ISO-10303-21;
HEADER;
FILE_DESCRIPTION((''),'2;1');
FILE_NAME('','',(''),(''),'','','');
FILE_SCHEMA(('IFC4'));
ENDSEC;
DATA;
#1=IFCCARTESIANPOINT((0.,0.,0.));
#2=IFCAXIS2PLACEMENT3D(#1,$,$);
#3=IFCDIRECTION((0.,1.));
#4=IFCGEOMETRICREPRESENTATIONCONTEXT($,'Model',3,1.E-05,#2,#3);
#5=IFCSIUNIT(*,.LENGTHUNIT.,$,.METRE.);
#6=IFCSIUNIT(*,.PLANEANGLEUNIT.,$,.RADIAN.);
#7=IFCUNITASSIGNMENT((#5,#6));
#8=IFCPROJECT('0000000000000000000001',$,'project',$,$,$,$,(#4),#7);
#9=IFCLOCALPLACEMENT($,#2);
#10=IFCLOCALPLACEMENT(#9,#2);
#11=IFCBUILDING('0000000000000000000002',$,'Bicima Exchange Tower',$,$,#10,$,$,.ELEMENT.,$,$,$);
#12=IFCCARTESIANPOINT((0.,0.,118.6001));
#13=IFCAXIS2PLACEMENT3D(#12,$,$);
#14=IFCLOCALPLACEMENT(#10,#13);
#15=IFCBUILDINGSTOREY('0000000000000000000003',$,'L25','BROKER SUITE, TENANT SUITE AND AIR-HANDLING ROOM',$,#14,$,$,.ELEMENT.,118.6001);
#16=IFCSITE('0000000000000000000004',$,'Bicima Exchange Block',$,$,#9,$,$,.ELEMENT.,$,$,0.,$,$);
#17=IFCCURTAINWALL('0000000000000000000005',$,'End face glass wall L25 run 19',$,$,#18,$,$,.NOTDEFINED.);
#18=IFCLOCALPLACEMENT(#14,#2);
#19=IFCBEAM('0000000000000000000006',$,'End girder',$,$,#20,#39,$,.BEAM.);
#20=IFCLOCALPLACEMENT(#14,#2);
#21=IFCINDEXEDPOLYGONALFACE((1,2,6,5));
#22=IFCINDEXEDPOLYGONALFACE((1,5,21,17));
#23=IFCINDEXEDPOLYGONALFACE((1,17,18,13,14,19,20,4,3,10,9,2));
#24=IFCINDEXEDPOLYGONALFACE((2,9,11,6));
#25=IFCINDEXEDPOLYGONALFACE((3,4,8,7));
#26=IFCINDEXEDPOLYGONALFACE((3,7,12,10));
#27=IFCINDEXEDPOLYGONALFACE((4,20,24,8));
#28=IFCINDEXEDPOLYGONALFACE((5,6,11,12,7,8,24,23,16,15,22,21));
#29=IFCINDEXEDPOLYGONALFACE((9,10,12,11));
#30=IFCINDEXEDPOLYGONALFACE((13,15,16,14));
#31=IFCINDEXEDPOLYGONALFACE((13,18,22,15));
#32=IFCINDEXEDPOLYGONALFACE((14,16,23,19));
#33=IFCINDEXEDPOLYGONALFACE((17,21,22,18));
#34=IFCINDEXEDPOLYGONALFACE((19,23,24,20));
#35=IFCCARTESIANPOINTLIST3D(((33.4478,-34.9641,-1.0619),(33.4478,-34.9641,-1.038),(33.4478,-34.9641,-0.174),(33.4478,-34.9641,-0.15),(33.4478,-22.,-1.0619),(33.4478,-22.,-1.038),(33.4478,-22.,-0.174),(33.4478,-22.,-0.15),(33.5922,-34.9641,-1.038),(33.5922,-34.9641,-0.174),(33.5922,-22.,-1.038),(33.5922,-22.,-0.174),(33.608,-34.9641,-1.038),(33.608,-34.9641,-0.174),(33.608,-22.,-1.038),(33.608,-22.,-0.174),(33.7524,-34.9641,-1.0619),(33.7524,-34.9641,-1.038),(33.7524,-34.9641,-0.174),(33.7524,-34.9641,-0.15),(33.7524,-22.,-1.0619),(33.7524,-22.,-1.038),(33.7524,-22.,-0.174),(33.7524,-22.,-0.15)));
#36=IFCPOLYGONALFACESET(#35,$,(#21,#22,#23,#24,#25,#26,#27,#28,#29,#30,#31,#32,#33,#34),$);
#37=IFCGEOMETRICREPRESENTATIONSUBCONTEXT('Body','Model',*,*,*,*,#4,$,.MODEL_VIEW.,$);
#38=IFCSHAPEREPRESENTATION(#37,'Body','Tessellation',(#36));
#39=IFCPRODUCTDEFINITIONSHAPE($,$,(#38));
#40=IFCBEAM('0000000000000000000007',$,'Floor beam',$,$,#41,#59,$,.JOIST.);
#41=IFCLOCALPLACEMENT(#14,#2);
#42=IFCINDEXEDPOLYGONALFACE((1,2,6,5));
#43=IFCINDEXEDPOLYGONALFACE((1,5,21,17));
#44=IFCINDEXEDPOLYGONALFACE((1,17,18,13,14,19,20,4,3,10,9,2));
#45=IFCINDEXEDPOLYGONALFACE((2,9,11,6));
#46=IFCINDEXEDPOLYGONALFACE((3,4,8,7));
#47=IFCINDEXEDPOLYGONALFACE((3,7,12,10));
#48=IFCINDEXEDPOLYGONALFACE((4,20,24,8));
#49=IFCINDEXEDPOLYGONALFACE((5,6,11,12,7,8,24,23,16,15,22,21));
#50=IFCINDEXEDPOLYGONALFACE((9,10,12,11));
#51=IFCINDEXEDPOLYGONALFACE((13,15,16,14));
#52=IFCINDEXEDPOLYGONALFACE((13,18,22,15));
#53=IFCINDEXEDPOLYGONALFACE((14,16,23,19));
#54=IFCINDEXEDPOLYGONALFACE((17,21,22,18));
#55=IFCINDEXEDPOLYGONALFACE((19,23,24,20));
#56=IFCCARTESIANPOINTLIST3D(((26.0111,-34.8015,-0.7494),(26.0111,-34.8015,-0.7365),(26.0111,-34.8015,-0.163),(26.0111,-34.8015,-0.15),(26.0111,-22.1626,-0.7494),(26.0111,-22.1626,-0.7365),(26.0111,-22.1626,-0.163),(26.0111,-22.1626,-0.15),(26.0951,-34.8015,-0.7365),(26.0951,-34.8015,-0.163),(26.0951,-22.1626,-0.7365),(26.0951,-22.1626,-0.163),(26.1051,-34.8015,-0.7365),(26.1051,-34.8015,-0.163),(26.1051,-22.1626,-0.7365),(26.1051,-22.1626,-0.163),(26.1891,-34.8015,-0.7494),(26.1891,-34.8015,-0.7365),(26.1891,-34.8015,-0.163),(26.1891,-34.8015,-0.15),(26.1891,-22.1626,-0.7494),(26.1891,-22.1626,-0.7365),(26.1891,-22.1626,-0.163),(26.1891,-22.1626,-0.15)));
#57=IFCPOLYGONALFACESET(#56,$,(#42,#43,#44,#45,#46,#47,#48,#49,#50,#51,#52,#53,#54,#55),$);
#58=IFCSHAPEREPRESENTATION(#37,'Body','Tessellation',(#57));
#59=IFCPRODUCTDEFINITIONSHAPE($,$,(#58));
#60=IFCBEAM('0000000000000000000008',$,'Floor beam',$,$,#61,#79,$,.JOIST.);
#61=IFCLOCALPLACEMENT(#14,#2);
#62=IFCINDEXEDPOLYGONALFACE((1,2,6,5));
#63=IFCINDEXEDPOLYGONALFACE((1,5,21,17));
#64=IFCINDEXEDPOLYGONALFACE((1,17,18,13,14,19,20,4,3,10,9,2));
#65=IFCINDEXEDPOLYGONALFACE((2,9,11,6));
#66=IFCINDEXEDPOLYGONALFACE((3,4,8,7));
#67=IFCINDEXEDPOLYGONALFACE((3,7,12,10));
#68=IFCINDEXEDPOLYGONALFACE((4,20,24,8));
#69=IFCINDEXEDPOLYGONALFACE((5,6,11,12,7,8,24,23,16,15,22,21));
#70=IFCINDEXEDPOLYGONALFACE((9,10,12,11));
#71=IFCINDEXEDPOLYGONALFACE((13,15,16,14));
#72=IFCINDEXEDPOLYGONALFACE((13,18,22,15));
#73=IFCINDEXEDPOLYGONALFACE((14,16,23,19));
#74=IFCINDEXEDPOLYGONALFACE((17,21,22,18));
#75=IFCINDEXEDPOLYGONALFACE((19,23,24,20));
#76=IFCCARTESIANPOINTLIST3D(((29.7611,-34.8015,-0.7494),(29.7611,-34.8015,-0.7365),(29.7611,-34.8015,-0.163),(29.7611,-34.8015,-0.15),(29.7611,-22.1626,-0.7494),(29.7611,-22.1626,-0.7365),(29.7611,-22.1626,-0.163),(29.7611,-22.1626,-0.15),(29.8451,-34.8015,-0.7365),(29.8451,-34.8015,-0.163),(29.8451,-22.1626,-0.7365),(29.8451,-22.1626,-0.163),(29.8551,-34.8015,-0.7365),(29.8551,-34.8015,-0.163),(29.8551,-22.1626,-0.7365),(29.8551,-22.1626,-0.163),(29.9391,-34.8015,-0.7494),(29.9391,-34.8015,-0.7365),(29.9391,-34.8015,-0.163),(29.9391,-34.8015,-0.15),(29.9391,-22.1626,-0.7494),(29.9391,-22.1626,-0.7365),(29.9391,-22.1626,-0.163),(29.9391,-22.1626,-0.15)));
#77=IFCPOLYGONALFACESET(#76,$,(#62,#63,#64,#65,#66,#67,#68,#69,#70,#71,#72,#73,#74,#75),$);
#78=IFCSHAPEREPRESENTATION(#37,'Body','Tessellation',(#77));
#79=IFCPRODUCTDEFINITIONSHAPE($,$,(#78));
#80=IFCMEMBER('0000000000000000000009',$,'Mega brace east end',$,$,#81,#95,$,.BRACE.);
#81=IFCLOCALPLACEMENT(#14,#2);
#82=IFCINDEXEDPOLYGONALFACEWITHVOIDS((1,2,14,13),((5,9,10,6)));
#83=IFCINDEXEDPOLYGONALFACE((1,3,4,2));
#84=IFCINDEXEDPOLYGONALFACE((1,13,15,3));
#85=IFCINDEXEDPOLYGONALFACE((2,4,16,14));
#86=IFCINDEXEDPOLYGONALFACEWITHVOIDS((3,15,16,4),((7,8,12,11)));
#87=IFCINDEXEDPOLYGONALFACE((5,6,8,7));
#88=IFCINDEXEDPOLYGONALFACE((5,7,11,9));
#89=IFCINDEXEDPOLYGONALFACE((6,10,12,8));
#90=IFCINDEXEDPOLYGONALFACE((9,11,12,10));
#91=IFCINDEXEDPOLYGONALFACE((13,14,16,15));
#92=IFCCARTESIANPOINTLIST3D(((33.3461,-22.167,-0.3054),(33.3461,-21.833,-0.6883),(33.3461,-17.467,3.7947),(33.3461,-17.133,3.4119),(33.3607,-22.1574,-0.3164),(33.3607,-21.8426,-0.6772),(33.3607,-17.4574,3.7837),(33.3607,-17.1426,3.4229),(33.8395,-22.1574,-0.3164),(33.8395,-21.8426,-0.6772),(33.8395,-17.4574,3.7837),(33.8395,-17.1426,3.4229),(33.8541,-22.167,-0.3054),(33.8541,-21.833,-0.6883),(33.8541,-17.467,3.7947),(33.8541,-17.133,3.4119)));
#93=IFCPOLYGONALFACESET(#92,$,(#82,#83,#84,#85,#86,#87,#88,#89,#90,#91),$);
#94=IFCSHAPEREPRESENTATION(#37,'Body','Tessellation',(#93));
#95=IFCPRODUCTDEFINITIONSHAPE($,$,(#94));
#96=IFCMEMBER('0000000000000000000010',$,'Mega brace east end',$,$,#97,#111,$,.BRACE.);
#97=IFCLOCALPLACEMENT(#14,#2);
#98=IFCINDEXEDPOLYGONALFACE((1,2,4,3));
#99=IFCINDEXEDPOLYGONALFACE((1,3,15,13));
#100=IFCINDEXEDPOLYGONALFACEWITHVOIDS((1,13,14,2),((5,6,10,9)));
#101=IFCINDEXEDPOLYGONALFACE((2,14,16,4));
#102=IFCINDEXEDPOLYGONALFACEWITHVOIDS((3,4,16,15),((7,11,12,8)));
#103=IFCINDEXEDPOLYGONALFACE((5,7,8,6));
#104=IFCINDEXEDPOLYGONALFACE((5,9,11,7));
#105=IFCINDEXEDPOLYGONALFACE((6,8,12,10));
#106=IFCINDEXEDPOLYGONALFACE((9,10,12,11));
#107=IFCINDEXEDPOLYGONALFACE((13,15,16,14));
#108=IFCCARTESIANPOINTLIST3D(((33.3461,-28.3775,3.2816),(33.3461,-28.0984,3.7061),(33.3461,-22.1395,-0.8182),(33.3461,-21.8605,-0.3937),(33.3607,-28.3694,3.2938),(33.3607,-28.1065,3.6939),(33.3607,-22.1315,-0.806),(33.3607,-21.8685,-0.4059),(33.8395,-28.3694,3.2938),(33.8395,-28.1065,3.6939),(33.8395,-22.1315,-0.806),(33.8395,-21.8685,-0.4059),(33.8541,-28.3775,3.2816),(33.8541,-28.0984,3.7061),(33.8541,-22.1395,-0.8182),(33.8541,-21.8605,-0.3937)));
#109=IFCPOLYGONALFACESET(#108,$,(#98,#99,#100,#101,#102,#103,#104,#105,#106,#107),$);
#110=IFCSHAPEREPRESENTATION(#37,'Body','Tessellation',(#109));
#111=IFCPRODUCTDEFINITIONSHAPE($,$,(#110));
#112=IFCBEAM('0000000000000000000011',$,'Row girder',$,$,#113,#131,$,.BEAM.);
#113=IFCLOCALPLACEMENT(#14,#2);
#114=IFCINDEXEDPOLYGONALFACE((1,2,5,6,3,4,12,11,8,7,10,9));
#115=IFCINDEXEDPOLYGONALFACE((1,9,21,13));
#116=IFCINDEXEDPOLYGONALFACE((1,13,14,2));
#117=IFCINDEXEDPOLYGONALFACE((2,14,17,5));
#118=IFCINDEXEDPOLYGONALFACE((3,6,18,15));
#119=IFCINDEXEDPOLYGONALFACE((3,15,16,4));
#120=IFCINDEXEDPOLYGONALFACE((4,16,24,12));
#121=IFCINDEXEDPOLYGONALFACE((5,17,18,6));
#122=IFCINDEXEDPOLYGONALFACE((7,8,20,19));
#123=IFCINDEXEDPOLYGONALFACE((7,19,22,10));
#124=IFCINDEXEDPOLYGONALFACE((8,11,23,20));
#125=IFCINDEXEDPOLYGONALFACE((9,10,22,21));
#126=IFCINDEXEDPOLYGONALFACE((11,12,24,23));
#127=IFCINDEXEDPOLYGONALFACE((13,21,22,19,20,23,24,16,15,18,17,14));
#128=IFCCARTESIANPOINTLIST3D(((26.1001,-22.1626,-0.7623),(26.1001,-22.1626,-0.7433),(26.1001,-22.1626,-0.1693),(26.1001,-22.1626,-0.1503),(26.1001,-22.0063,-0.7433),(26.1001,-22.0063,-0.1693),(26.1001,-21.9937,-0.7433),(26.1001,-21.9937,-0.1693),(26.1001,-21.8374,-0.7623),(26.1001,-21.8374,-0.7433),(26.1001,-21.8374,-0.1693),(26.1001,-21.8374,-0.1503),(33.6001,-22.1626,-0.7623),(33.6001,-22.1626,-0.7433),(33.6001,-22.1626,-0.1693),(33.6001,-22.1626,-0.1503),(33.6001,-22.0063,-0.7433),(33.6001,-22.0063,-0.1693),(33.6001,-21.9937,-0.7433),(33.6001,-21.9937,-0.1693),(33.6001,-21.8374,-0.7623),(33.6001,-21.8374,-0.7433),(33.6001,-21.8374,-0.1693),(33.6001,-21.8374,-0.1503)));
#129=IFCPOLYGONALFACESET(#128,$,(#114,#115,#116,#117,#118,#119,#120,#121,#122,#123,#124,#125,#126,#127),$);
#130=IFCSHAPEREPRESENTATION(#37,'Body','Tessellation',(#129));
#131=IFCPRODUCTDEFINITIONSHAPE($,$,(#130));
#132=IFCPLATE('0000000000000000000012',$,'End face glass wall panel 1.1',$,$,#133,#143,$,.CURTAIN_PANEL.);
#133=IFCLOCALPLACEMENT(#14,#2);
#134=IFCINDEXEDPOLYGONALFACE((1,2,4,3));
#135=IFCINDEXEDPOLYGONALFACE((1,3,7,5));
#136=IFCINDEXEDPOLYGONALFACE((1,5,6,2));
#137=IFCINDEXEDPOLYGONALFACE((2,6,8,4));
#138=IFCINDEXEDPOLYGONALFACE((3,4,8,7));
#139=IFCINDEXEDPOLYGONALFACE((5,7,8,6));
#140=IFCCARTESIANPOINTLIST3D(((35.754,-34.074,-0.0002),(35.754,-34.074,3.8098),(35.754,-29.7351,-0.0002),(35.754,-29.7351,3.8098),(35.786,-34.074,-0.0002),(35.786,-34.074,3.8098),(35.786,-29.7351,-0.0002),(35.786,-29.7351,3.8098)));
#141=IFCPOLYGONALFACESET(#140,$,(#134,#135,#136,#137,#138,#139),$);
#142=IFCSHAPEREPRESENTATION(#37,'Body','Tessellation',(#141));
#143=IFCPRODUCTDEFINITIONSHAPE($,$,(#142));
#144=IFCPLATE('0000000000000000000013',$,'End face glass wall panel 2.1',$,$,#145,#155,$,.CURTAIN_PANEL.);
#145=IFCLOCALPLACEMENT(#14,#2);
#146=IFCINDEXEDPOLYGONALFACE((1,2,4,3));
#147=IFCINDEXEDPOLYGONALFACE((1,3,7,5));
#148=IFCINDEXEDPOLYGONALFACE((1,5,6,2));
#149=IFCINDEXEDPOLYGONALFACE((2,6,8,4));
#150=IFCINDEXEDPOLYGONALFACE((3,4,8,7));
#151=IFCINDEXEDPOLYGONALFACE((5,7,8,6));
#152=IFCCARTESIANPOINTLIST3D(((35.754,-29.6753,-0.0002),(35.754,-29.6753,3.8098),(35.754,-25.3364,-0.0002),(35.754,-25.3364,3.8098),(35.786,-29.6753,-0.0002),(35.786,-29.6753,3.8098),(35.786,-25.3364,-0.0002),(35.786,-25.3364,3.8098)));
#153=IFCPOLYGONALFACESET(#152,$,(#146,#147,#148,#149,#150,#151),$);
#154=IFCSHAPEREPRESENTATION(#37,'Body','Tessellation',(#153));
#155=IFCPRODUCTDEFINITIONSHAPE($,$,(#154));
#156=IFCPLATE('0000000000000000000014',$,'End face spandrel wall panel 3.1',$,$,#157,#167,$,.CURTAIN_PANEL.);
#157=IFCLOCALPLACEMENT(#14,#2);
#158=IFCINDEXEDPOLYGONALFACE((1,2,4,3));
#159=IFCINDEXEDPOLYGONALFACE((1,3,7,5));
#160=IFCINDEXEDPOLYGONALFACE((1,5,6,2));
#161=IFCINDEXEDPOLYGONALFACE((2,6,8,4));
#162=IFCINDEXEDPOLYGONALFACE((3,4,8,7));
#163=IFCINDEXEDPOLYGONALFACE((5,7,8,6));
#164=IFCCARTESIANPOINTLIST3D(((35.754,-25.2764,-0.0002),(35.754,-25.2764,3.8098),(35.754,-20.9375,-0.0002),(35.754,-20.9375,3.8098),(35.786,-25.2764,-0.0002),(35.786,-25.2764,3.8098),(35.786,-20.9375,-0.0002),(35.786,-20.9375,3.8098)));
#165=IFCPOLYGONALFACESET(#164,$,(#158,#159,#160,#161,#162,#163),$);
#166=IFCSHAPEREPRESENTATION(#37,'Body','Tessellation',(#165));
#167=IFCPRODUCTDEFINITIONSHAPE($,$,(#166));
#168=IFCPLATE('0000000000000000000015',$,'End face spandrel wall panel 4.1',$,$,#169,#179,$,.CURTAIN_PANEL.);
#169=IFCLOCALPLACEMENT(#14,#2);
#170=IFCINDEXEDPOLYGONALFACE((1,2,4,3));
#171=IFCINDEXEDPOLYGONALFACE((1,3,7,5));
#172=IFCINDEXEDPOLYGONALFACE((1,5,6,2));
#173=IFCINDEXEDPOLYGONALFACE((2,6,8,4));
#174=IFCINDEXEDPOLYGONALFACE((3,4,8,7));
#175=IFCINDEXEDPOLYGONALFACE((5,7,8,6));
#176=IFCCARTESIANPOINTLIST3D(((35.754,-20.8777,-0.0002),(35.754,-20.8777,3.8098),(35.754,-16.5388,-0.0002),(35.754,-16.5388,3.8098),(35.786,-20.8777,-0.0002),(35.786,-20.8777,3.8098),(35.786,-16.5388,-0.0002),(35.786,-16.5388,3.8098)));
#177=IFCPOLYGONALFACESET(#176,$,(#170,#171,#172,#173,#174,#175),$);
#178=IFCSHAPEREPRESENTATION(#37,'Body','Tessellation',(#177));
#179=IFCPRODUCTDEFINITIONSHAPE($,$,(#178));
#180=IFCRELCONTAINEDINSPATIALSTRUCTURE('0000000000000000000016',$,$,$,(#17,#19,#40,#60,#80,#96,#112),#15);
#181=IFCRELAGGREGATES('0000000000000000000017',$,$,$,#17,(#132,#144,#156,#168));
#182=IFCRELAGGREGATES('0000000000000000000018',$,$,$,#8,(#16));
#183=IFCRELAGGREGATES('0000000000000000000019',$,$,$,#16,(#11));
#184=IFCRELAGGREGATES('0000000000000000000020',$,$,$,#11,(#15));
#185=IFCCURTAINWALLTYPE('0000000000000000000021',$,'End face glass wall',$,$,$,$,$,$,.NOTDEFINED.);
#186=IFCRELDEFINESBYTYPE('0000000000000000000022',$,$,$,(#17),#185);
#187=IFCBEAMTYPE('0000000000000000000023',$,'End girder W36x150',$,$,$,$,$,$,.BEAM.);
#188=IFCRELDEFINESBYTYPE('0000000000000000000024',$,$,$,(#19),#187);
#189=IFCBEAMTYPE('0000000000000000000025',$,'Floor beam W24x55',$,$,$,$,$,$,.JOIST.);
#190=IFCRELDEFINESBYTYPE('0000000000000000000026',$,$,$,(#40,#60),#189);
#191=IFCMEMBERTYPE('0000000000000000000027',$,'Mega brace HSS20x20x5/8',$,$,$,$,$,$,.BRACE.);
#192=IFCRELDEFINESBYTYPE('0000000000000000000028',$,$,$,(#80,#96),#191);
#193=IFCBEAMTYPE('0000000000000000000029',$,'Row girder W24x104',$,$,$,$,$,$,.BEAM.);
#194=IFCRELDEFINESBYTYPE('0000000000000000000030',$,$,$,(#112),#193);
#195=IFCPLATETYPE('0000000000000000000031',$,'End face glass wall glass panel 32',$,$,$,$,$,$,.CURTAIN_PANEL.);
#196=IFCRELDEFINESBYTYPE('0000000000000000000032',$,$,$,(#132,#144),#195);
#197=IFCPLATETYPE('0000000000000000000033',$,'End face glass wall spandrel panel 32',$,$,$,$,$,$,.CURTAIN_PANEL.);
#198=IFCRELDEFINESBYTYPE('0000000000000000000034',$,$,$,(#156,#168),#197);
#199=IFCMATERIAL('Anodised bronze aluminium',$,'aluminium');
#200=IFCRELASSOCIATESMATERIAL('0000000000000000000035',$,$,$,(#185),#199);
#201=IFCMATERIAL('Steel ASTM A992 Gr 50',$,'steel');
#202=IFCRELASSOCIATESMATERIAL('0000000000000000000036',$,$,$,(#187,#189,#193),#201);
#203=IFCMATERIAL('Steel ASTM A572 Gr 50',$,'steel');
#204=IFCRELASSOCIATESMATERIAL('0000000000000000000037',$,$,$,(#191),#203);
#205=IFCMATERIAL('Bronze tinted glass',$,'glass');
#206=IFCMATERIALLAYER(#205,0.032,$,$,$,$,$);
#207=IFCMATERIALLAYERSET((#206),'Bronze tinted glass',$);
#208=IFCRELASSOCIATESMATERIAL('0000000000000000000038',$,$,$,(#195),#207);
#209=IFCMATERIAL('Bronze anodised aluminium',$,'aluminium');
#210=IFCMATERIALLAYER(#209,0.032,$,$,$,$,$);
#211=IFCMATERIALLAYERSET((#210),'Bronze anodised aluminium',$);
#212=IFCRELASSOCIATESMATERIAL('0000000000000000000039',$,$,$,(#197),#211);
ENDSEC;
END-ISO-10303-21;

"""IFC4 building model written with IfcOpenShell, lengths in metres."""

from ifc_helpers import new_model, si_unit, direction, frame, origin, origin_2d, place, context, subcontext, project, spatial, rectangle, hollow_rectangle, i_section, extrude, material, layer, layer_set, material_profile, profile_set, type_object, element, aggregate, save


model = new_model("IFC4")

# Units and contexts
model_context = context("Model", 3, precision=1e-05, world=origin(), true_north=direction((0.0, 1.0)))
body_context = subcontext(model_context, "Body", "Model", "MODEL_VIEW")
ifc_project = project(units=[si_unit("LENGTHUNIT", "METRE"), si_unit("PLANEANGLEUNIT", "RADIAN")], contexts=[model_context])

# Site, building, storey
site_placement = place(None, origin())
site = spatial("IfcSite", under=ifc_project, at=site_placement, Name="Bicima Exchange Block", CompositionType="ELEMENT", RefElevation=0.0)
building_placement = place(site_placement, origin())
building = spatial("IfcBuilding", under=site, at=building_placement, Name="Bicima Exchange Tower", CompositionType="ELEMENT")
storey_placement = place(building_placement, frame((0.0, 0.0, 118.6001)))
storey = spatial("IfcBuildingStorey", under=building, at=storey_placement, Name="L25", Description="BROKER SUITE, TENANT SUITE AND AIR-HANDLING ROOM", CompositionType="ELEMENT", Elevation=118.6001)

# Shared definitions
ifc_material_1 = material(Name="Steel ASTM A992 Gr 50", Category="steel")

# Curtain wall
ifc_material_2 = material(Name="Anodised bronze aluminium", Category="aluminium")
curtain_wall_type = type_object("IfcCurtainWallType", Name="End face glass wall", PredefinedType="NOTDEFINED", material=ifc_material_2)
curtain_wall_placement = place(storey_placement, origin())
curtain_wall = element("IfcCurtainWall", 1, at=curtain_wall_placement, inside=storey, type_object=curtain_wall_type, Name="End face glass wall L25 run 19", PredefinedType="NOTDEFINED")

# Beams
ifc_material_profile_1 = material_profile(ifc_material_1, i_section(OverallWidth=0.3047, OverallDepth=0.9119, WebThickness=0.0159, FlangeThickness=0.0239, at=origin_2d()))
ifc_profile_set_1 = profile_set([ifc_material_profile_1], Name="Steel ASTM A992 Gr 50")
beam_type_1 = type_object("IfcBeamType", Name="End girder W36x150", PredefinedType="BEAM", material=ifc_profile_set_1)
beam_1_placement = place(storey_placement, frame((33.6001, -22.0, -0.606), z_axis=(0.0, -1.0, 0.0), x_axis=(1.0, 0.0, 0.0)))
element("IfcBeam", 2, at=beam_1_placement, inside=storey, type_object=beam_type_1, Name="End girder", PredefinedType="BEAM", context=body_context, shape_type="SweptSolid", body=[
    extrude(i_section(OverallWidth=0.3047, OverallDepth=0.9119, WebThickness=0.0159, FlangeThickness=0.0239, at=origin_2d()), origin(), (0.0, 0.0, 1.0), 12.9641),
])
ifc_material_profile_2 = material_profile(ifc_material_1, i_section(OverallWidth=0.178, OverallDepth=0.5994, WebThickness=0.01, FlangeThickness=0.0129, at=origin_2d()))
ifc_profile_set_2 = profile_set([ifc_material_profile_2], Name="Steel ASTM A992 Gr 50")
beam_type_2 = type_object("IfcBeamType", Name="Floor beam W24x55", PredefinedType="JOIST", material=ifc_profile_set_2)
for number, where, z_axis, x_axis, name in (
    (3, (26.1001, -22.1626, -0.4497), (0.0, -1.0, 0.0), (1.0, 0.0, 0.0), "Floor beam"),
    (4, (29.8501, -22.1626, -0.4497), (0.0, -1.0, 0.0), (1.0, 0.0, 0.0), "Floor beam"),
):
    element("IfcBeam", number, at=place(storey_placement, frame(where, z_axis=z_axis, x_axis=x_axis)), inside=storey, type_object=beam_type_2, Name=name, PredefinedType="JOIST", context=body_context, shape_type="SweptSolid", body=[
        extrude(i_section(OverallWidth=0.178, OverallDepth=0.5994, WebThickness=0.01, FlangeThickness=0.0129, at=origin_2d()), origin(), (0.0, 0.0, 1.0), 12.6389),
    ])

# Members
ifc_material_3 = material(Name="Steel ASTM A572 Gr 50", Category="steel")
ifc_material_profile_3 = material_profile(ifc_material_3, hollow_rectangle(XDim=0.5081, YDim=0.5081, WallThickness=0.0146, at=origin_2d()))
ifc_profile_set_3 = profile_set([ifc_material_profile_3], Name="Steel ASTM A572 Gr 50")
member_type_1 = type_object("IfcMemberType", Name="Mega brace HSS20x20x5/8", PredefinedType="BRACE", material=ifc_profile_set_3)
member_1_placement = place(storey_placement, frame((33.6001, -22.0, -0.4968), z_axis=(0.0, 0.753558, 0.657382), x_axis=(-1.0, 0.0, 0.0)))
element("IfcMember", 5, at=member_1_placement, inside=storey, type_object=member_type_1, Name="Mega brace east end", PredefinedType="BRACE", context=body_context, shape_type="SweptSolid", body=[
    extrude(hollow_rectangle(XDim=0.5081, YDim=0.5081, WallThickness=0.0146, at=origin_2d()), origin(), (0.0, 0.0, 1.0), 6.2371),
])
member_2_placement = place(storey_placement, frame((33.6001, -22.0, -0.606), z_axis=(0.0, -0.83567, 0.549231), x_axis=(1.0, 0.0, 0.0)))
element("IfcMember", 6, at=member_2_placement, inside=storey, type_object=member_type_1, Name="Mega brace east end", PredefinedType="BRACE", context=body_context, shape_type="SweptSolid", body=[
    extrude(hollow_rectangle(XDim=0.5081, YDim=0.5081, WallThickness=0.0146, at=origin_2d()), origin(), (0.0, 0.0, 1.0), 7.4646),
])

# Beam
ifc_material_profile_4 = material_profile(ifc_material_1, i_section(OverallWidth=0.3252, OverallDepth=0.6121, WebThickness=0.0127, FlangeThickness=0.019, at=origin_2d()))
ifc_profile_set_4 = profile_set([ifc_material_profile_4], Name="Steel ASTM A992 Gr 50")
beam_type_3 = type_object("IfcBeamType", Name="Row girder W24x104", PredefinedType="BEAM", material=ifc_profile_set_4)
beam_2_placement = place(storey_placement, frame((26.1001, -22.0, -0.4563), z_axis=(1.0, 0.0, 0.0), x_axis=(0.0, 1.0, 0.0)))
element("IfcBeam", 7, at=beam_2_placement, inside=storey, type_object=beam_type_3, Name="Row girder", PredefinedType="BEAM", context=body_context, shape_type="SweptSolid", body=[
    extrude(i_section(OverallWidth=0.3252, OverallDepth=0.6121, WebThickness=0.0127, FlangeThickness=0.019, at=origin_2d()), origin(), (0.0, 0.0, 1.0), 7.5),
])

# Plates
ifc_material_4 = material(Name="Bronze tinted glass", Category="glass")
ifc_layer_1 = layer(ifc_material_4, 0.032)
ifc_layer_set_1 = layer_set([ifc_layer_1], Name="Bronze tinted glass")
plate_type_1 = type_object("IfcPlateType", Name="End face glass wall glass panel 32", PredefinedType="CURTAIN_PANEL", material=ifc_layer_set_1)
plate_1_placement = place(storey_placement, frame((35.77, -31.9045, -0.0002), z_axis=(0.0, 0.0, 1.0), x_axis=(0.0, 1.0, 0.0)))
plate_1 = element("IfcPlate", 8, at=plate_1_placement, type_object=plate_type_1, Name="End face glass wall panel 1.1", PredefinedType="CURTAIN_PANEL", context=body_context, shape_type="SweptSolid", body=[
    extrude(rectangle(XDim=4.3389, YDim=0.032, at=origin_2d()), origin(), (0.0, 0.0, 1.0), 3.8101),
])
plate_2_placement = place(storey_placement, frame((35.77, -27.5059, -0.0002), z_axis=(0.0, 0.0, 1.0), x_axis=(0.0, 1.0, 0.0)))
plate_2 = element("IfcPlate", 9, at=plate_2_placement, type_object=plate_type_1, Name="End face glass wall panel 2.1", PredefinedType="CURTAIN_PANEL", context=body_context, shape_type="SweptSolid", body=[
    extrude(rectangle(XDim=4.3389, YDim=0.032, at=origin_2d()), origin(), (0.0, 0.0, 1.0), 3.8101),
])
ifc_material_5 = material(Name="Bronze anodised aluminium", Category="aluminium")
ifc_layer_2 = layer(ifc_material_5, 0.032)
ifc_layer_set_2 = layer_set([ifc_layer_2], Name="Bronze anodised aluminium")
plate_type_2 = type_object("IfcPlateType", Name="End face glass wall spandrel panel 32", PredefinedType="CURTAIN_PANEL", material=ifc_layer_set_2)
plate_3_placement = place(storey_placement, frame((35.77, -23.1069, -0.0002), z_axis=(0.0, 0.0, 1.0), x_axis=(0.0, 1.0, 0.0)))
plate_3 = element("IfcPlate", 10, at=plate_3_placement, type_object=plate_type_2, Name="End face spandrel wall panel 3.1", PredefinedType="CURTAIN_PANEL", context=body_context, shape_type="SweptSolid", body=[
    extrude(rectangle(XDim=4.3389, YDim=0.032, at=origin_2d()), origin(), (0.0, 0.0, 1.0), 3.8101),
])
plate_4_placement = place(storey_placement, frame((35.77, -18.7083, -0.0002), z_axis=(0.0, 0.0, 1.0), x_axis=(0.0, 1.0, 0.0)))
plate_4 = element("IfcPlate", 11, at=plate_4_placement, type_object=plate_type_2, Name="End face spandrel wall panel 4.1", PredefinedType="CURTAIN_PANEL", context=body_context, shape_type="SweptSolid", body=[
    extrude(rectangle(XDim=4.3389, YDim=0.032, at=origin_2d()), origin(), (0.0, 0.0, 1.0), 3.8101),
])
aggregate(curtain_wall, [plate_1, plate_2, plate_3, plate_4])

save(model, "model.ifc")
